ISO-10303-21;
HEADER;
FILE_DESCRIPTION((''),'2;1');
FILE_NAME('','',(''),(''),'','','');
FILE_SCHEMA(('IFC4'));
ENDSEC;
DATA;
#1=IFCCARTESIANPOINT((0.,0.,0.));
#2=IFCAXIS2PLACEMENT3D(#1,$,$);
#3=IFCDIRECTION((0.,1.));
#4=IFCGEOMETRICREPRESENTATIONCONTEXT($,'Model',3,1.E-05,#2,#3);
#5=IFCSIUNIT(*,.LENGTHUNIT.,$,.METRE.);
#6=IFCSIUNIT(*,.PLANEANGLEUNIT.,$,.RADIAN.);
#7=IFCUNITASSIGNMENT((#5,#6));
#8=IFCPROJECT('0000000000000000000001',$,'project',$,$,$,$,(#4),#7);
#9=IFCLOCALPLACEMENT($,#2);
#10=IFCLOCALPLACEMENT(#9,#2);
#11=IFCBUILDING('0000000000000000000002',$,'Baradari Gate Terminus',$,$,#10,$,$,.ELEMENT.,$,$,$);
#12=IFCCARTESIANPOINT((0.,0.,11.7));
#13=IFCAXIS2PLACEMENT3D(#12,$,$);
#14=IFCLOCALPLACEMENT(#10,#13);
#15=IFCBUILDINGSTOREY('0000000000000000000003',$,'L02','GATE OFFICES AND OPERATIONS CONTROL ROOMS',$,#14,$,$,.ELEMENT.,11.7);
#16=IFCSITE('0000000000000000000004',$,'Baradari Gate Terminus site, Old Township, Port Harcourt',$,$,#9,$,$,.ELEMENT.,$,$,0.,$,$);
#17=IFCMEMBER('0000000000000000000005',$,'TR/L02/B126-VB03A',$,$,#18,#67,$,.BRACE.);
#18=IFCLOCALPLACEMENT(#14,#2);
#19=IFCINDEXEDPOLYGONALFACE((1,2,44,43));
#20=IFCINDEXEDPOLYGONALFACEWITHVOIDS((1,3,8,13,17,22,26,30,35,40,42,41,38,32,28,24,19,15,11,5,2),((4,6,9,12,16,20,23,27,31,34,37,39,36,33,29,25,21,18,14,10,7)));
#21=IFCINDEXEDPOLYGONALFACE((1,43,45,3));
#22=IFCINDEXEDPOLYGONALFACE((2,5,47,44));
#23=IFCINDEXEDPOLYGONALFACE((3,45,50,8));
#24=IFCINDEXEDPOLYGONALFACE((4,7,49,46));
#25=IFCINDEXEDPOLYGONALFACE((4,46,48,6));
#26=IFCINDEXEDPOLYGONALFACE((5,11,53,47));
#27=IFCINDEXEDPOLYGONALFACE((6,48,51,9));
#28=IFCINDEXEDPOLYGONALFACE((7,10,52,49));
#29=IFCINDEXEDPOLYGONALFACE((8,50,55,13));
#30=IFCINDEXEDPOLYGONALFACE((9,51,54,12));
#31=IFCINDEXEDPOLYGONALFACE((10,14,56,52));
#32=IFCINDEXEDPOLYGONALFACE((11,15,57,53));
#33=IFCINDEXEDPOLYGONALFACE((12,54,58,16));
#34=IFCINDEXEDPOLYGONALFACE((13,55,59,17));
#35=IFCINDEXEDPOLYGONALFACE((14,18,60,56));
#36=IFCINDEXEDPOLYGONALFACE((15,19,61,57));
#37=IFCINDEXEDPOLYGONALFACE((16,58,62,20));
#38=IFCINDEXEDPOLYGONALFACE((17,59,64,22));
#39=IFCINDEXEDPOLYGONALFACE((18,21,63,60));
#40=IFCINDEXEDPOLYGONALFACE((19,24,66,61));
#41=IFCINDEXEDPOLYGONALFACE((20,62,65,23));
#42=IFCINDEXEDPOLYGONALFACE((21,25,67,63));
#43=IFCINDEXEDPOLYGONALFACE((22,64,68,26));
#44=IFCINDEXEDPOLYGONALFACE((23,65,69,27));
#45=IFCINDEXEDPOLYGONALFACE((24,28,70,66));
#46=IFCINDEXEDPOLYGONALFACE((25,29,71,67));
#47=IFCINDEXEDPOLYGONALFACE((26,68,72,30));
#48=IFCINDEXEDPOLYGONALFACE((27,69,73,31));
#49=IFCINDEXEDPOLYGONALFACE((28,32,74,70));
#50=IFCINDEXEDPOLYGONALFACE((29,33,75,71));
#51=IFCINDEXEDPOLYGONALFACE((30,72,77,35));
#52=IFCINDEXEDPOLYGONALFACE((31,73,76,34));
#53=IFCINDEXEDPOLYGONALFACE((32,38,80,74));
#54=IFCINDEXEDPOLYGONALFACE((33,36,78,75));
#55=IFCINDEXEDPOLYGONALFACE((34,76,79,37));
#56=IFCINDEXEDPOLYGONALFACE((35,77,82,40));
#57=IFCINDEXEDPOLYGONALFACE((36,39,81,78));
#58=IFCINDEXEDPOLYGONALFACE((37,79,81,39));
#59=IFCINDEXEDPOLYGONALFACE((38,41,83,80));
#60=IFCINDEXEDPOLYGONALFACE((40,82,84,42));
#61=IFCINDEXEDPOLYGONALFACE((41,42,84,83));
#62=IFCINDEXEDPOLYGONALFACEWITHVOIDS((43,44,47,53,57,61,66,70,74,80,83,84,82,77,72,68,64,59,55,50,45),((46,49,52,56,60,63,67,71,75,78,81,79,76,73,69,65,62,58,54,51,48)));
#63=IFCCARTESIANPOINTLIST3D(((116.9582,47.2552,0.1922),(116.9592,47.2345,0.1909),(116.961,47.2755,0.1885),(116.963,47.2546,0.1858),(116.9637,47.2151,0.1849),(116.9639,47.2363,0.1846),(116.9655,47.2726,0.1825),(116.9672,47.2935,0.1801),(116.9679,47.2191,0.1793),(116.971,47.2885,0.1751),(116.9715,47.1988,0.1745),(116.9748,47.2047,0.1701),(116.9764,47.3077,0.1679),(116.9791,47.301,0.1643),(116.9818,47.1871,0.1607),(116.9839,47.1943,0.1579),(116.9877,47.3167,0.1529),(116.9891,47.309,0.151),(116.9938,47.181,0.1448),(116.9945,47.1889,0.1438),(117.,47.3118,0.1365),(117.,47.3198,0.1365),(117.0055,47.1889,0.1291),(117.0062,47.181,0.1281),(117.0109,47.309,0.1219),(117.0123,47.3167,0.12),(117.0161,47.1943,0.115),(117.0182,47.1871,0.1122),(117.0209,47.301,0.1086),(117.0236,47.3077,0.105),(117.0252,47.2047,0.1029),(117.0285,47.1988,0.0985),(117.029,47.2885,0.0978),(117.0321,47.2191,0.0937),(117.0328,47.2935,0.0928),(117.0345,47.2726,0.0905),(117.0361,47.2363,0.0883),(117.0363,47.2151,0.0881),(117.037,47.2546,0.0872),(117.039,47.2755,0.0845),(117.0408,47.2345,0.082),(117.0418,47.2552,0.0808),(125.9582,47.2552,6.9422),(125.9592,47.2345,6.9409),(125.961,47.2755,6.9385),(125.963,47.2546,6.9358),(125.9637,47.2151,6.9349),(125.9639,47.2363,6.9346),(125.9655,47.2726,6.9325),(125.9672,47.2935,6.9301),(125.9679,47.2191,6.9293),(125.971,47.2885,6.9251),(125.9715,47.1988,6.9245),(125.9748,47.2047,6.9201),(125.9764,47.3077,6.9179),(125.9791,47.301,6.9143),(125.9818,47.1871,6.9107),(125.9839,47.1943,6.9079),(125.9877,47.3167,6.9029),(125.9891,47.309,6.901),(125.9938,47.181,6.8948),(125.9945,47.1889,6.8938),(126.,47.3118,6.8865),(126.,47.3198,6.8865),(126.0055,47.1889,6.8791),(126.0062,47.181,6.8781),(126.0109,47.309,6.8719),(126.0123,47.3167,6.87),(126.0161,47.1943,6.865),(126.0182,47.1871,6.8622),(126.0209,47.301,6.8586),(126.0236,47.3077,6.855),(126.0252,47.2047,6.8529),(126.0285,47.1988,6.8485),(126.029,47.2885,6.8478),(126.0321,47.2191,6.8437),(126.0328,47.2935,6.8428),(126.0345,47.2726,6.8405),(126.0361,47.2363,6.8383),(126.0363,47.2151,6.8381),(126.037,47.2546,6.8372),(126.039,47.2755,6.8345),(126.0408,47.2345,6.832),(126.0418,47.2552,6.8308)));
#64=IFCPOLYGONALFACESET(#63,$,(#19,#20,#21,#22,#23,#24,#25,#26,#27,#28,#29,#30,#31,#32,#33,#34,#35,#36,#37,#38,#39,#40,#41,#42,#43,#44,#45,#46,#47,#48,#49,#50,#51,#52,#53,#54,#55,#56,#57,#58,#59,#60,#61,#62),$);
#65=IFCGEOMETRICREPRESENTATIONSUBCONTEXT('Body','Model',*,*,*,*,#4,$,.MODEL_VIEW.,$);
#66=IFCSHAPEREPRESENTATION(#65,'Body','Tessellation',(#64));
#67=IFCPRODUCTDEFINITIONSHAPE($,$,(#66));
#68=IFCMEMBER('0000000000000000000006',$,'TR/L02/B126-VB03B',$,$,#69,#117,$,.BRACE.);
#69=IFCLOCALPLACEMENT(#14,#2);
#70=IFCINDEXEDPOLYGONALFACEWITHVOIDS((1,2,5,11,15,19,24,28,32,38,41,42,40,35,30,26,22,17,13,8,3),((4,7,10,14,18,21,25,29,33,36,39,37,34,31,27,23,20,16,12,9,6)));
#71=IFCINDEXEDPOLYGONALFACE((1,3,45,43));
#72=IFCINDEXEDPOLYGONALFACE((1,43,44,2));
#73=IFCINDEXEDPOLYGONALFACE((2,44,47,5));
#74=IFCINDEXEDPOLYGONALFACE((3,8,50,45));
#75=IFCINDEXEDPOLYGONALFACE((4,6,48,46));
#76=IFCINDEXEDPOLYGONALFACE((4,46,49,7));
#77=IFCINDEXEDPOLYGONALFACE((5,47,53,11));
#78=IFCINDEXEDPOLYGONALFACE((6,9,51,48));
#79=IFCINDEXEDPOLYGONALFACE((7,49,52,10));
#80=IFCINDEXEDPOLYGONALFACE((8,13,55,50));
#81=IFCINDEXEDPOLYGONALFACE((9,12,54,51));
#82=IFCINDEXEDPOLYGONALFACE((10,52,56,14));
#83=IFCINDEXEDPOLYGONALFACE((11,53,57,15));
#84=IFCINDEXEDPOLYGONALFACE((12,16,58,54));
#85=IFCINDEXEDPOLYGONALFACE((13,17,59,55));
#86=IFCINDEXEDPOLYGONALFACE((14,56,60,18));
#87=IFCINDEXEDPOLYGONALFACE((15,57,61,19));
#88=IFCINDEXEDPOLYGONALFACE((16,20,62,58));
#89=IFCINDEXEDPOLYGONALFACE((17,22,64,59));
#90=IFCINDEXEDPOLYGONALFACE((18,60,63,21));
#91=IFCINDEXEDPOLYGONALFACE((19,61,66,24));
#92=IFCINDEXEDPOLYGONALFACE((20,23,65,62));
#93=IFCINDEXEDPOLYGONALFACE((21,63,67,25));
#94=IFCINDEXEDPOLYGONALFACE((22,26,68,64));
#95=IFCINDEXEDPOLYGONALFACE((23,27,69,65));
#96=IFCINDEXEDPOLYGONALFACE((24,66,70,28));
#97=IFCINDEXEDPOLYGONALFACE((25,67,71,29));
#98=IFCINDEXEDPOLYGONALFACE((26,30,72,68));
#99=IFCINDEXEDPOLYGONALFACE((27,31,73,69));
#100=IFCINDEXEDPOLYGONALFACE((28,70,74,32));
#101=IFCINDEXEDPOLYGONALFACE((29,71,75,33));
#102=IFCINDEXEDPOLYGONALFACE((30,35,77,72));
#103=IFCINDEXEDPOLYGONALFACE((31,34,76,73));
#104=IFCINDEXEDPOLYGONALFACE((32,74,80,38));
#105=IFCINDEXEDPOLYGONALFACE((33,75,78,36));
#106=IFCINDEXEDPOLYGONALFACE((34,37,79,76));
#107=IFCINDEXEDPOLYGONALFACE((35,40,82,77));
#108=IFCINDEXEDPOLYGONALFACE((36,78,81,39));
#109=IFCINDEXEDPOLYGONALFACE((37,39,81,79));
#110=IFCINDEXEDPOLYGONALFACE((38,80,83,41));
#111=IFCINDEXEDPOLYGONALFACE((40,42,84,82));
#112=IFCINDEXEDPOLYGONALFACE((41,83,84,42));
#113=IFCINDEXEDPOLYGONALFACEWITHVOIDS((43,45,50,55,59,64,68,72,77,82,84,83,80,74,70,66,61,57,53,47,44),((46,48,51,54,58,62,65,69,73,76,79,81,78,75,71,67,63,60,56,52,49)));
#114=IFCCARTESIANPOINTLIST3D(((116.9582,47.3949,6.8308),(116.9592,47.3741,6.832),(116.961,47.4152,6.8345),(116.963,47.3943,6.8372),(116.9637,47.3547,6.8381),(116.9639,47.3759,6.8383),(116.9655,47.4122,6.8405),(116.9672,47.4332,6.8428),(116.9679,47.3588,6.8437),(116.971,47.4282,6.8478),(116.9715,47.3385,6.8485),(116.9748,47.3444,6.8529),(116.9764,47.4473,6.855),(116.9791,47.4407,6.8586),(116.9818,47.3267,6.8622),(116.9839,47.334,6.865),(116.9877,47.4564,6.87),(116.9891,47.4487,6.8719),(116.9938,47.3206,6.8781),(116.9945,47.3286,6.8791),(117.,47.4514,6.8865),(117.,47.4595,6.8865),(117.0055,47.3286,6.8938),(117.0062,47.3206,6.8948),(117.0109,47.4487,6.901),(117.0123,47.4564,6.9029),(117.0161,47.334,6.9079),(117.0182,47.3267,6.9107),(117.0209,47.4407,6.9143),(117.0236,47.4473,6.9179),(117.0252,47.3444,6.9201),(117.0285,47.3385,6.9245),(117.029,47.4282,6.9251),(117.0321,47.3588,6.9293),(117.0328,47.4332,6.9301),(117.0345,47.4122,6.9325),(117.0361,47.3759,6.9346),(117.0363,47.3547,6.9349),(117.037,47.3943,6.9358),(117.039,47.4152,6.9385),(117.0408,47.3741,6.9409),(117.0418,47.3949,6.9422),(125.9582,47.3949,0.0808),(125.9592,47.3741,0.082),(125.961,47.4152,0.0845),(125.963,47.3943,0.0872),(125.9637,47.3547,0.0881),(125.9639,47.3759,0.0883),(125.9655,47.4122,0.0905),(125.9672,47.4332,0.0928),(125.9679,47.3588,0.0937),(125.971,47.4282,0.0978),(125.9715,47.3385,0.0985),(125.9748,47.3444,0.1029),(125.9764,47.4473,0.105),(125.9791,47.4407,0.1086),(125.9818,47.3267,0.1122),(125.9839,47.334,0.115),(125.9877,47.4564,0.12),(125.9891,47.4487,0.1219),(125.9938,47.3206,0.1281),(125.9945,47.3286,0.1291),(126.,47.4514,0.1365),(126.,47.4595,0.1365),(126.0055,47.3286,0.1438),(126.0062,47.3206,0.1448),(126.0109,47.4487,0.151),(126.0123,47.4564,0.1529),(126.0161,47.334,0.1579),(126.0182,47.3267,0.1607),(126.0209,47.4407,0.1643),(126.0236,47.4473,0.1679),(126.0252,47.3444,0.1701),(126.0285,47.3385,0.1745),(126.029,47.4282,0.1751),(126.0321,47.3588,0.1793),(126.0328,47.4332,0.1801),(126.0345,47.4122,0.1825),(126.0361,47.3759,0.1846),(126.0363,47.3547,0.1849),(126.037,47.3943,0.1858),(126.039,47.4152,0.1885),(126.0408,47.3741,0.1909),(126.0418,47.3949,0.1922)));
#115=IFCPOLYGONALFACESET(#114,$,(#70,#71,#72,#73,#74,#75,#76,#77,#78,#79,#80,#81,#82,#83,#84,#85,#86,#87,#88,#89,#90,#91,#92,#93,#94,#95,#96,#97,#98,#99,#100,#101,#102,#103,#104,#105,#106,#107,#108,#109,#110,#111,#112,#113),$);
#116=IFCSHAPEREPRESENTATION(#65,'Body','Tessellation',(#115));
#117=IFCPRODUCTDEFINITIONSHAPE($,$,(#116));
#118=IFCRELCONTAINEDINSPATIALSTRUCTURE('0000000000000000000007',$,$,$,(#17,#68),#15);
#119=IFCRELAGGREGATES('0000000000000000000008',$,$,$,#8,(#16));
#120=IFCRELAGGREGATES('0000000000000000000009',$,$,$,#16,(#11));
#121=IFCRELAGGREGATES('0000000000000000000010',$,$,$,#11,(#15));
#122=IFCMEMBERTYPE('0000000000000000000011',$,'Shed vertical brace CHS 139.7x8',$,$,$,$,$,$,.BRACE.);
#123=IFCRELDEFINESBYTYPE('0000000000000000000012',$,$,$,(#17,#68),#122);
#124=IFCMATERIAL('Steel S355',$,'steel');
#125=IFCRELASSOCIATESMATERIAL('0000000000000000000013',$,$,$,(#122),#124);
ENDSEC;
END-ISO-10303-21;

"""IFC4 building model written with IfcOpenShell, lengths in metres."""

from ifc_helpers import new_model, si_unit, direction, frame, origin, origin_2d, place, context, subcontext, project, spatial, hollow_circle, extrude, material, material_profile, profile_set, type_object, element, save


model = new_model("IFC4")

# Units and contexts
model_context = context("Model", 3, precision=1e-05, world=origin(), true_north=direction((0.0, 1.0)))
body_context = subcontext(model_context, "Body", "Model", "MODEL_VIEW")
ifc_project = project(units=[si_unit("LENGTHUNIT", "METRE"), si_unit("PLANEANGLEUNIT", "RADIAN")], contexts=[model_context])

# Site, building, storey
site_placement = place(None, origin())
site = spatial("IfcSite", under=ifc_project, at=site_placement, Name="Baradari Gate Terminus site, Old Township, Port Harcourt", CompositionType="ELEMENT", RefElevation=0.0)
building_placement = place(site_placement, origin())
building = spatial("IfcBuilding", under=site, at=building_placement, Name="Baradari Gate Terminus", CompositionType="ELEMENT")
storey_placement = place(building_placement, frame((0.0, 0.0, 11.7)))
storey = spatial("IfcBuildingStorey", under=building, at=storey_placement, Name="L02", Description="GATE OFFICES AND OPERATIONS CONTROL ROOMS", CompositionType="ELEMENT", Elevation=11.7)

# Members
ifc_material_1 = material(Name="Steel S355", Category="steel")
ifc_material_profile_1 = material_profile(ifc_material_1, hollow_circle(Radius=0.0698, WallThickness=0.0081, at=origin_2d()), Name="CHS 139.7x8")
ifc_profile_set_1 = profile_set([ifc_material_profile_1], Name="Steel S355")
member_type_1 = type_object("IfcMemberType", Name="Shed vertical brace CHS 139.7x8", PredefinedType="BRACE", material=ifc_profile_set_1)
for number, where, z_axis, x_axis, name in (
    (1, (117.0, 47.25, 0.1365), (0.8, 0.0, 0.6), (0.0, 1.0, 0.0), "TR/L02/B126-VB03A"),
    (2, (117.0, 47.3896, 6.8865), (0.8, 0.0, -0.6), (0.0, 1.0, 0.0), "TR/L02/B126-VB03B"),
):
    element("IfcMember", number, at=place(storey_placement, frame(where, z_axis=z_axis, x_axis=x_axis)), inside=storey, type_object=member_type_1, Name=name, PredefinedType="BRACE", context=body_context, shape_type="SweptSolid", body=[
        extrude(hollow_circle(Radius=0.0698, WallThickness=0.0081, at=origin_2d()), origin(), (0.0, 0.0, 1.0), 11.25),
    ])

save(model, "model.ifc")
